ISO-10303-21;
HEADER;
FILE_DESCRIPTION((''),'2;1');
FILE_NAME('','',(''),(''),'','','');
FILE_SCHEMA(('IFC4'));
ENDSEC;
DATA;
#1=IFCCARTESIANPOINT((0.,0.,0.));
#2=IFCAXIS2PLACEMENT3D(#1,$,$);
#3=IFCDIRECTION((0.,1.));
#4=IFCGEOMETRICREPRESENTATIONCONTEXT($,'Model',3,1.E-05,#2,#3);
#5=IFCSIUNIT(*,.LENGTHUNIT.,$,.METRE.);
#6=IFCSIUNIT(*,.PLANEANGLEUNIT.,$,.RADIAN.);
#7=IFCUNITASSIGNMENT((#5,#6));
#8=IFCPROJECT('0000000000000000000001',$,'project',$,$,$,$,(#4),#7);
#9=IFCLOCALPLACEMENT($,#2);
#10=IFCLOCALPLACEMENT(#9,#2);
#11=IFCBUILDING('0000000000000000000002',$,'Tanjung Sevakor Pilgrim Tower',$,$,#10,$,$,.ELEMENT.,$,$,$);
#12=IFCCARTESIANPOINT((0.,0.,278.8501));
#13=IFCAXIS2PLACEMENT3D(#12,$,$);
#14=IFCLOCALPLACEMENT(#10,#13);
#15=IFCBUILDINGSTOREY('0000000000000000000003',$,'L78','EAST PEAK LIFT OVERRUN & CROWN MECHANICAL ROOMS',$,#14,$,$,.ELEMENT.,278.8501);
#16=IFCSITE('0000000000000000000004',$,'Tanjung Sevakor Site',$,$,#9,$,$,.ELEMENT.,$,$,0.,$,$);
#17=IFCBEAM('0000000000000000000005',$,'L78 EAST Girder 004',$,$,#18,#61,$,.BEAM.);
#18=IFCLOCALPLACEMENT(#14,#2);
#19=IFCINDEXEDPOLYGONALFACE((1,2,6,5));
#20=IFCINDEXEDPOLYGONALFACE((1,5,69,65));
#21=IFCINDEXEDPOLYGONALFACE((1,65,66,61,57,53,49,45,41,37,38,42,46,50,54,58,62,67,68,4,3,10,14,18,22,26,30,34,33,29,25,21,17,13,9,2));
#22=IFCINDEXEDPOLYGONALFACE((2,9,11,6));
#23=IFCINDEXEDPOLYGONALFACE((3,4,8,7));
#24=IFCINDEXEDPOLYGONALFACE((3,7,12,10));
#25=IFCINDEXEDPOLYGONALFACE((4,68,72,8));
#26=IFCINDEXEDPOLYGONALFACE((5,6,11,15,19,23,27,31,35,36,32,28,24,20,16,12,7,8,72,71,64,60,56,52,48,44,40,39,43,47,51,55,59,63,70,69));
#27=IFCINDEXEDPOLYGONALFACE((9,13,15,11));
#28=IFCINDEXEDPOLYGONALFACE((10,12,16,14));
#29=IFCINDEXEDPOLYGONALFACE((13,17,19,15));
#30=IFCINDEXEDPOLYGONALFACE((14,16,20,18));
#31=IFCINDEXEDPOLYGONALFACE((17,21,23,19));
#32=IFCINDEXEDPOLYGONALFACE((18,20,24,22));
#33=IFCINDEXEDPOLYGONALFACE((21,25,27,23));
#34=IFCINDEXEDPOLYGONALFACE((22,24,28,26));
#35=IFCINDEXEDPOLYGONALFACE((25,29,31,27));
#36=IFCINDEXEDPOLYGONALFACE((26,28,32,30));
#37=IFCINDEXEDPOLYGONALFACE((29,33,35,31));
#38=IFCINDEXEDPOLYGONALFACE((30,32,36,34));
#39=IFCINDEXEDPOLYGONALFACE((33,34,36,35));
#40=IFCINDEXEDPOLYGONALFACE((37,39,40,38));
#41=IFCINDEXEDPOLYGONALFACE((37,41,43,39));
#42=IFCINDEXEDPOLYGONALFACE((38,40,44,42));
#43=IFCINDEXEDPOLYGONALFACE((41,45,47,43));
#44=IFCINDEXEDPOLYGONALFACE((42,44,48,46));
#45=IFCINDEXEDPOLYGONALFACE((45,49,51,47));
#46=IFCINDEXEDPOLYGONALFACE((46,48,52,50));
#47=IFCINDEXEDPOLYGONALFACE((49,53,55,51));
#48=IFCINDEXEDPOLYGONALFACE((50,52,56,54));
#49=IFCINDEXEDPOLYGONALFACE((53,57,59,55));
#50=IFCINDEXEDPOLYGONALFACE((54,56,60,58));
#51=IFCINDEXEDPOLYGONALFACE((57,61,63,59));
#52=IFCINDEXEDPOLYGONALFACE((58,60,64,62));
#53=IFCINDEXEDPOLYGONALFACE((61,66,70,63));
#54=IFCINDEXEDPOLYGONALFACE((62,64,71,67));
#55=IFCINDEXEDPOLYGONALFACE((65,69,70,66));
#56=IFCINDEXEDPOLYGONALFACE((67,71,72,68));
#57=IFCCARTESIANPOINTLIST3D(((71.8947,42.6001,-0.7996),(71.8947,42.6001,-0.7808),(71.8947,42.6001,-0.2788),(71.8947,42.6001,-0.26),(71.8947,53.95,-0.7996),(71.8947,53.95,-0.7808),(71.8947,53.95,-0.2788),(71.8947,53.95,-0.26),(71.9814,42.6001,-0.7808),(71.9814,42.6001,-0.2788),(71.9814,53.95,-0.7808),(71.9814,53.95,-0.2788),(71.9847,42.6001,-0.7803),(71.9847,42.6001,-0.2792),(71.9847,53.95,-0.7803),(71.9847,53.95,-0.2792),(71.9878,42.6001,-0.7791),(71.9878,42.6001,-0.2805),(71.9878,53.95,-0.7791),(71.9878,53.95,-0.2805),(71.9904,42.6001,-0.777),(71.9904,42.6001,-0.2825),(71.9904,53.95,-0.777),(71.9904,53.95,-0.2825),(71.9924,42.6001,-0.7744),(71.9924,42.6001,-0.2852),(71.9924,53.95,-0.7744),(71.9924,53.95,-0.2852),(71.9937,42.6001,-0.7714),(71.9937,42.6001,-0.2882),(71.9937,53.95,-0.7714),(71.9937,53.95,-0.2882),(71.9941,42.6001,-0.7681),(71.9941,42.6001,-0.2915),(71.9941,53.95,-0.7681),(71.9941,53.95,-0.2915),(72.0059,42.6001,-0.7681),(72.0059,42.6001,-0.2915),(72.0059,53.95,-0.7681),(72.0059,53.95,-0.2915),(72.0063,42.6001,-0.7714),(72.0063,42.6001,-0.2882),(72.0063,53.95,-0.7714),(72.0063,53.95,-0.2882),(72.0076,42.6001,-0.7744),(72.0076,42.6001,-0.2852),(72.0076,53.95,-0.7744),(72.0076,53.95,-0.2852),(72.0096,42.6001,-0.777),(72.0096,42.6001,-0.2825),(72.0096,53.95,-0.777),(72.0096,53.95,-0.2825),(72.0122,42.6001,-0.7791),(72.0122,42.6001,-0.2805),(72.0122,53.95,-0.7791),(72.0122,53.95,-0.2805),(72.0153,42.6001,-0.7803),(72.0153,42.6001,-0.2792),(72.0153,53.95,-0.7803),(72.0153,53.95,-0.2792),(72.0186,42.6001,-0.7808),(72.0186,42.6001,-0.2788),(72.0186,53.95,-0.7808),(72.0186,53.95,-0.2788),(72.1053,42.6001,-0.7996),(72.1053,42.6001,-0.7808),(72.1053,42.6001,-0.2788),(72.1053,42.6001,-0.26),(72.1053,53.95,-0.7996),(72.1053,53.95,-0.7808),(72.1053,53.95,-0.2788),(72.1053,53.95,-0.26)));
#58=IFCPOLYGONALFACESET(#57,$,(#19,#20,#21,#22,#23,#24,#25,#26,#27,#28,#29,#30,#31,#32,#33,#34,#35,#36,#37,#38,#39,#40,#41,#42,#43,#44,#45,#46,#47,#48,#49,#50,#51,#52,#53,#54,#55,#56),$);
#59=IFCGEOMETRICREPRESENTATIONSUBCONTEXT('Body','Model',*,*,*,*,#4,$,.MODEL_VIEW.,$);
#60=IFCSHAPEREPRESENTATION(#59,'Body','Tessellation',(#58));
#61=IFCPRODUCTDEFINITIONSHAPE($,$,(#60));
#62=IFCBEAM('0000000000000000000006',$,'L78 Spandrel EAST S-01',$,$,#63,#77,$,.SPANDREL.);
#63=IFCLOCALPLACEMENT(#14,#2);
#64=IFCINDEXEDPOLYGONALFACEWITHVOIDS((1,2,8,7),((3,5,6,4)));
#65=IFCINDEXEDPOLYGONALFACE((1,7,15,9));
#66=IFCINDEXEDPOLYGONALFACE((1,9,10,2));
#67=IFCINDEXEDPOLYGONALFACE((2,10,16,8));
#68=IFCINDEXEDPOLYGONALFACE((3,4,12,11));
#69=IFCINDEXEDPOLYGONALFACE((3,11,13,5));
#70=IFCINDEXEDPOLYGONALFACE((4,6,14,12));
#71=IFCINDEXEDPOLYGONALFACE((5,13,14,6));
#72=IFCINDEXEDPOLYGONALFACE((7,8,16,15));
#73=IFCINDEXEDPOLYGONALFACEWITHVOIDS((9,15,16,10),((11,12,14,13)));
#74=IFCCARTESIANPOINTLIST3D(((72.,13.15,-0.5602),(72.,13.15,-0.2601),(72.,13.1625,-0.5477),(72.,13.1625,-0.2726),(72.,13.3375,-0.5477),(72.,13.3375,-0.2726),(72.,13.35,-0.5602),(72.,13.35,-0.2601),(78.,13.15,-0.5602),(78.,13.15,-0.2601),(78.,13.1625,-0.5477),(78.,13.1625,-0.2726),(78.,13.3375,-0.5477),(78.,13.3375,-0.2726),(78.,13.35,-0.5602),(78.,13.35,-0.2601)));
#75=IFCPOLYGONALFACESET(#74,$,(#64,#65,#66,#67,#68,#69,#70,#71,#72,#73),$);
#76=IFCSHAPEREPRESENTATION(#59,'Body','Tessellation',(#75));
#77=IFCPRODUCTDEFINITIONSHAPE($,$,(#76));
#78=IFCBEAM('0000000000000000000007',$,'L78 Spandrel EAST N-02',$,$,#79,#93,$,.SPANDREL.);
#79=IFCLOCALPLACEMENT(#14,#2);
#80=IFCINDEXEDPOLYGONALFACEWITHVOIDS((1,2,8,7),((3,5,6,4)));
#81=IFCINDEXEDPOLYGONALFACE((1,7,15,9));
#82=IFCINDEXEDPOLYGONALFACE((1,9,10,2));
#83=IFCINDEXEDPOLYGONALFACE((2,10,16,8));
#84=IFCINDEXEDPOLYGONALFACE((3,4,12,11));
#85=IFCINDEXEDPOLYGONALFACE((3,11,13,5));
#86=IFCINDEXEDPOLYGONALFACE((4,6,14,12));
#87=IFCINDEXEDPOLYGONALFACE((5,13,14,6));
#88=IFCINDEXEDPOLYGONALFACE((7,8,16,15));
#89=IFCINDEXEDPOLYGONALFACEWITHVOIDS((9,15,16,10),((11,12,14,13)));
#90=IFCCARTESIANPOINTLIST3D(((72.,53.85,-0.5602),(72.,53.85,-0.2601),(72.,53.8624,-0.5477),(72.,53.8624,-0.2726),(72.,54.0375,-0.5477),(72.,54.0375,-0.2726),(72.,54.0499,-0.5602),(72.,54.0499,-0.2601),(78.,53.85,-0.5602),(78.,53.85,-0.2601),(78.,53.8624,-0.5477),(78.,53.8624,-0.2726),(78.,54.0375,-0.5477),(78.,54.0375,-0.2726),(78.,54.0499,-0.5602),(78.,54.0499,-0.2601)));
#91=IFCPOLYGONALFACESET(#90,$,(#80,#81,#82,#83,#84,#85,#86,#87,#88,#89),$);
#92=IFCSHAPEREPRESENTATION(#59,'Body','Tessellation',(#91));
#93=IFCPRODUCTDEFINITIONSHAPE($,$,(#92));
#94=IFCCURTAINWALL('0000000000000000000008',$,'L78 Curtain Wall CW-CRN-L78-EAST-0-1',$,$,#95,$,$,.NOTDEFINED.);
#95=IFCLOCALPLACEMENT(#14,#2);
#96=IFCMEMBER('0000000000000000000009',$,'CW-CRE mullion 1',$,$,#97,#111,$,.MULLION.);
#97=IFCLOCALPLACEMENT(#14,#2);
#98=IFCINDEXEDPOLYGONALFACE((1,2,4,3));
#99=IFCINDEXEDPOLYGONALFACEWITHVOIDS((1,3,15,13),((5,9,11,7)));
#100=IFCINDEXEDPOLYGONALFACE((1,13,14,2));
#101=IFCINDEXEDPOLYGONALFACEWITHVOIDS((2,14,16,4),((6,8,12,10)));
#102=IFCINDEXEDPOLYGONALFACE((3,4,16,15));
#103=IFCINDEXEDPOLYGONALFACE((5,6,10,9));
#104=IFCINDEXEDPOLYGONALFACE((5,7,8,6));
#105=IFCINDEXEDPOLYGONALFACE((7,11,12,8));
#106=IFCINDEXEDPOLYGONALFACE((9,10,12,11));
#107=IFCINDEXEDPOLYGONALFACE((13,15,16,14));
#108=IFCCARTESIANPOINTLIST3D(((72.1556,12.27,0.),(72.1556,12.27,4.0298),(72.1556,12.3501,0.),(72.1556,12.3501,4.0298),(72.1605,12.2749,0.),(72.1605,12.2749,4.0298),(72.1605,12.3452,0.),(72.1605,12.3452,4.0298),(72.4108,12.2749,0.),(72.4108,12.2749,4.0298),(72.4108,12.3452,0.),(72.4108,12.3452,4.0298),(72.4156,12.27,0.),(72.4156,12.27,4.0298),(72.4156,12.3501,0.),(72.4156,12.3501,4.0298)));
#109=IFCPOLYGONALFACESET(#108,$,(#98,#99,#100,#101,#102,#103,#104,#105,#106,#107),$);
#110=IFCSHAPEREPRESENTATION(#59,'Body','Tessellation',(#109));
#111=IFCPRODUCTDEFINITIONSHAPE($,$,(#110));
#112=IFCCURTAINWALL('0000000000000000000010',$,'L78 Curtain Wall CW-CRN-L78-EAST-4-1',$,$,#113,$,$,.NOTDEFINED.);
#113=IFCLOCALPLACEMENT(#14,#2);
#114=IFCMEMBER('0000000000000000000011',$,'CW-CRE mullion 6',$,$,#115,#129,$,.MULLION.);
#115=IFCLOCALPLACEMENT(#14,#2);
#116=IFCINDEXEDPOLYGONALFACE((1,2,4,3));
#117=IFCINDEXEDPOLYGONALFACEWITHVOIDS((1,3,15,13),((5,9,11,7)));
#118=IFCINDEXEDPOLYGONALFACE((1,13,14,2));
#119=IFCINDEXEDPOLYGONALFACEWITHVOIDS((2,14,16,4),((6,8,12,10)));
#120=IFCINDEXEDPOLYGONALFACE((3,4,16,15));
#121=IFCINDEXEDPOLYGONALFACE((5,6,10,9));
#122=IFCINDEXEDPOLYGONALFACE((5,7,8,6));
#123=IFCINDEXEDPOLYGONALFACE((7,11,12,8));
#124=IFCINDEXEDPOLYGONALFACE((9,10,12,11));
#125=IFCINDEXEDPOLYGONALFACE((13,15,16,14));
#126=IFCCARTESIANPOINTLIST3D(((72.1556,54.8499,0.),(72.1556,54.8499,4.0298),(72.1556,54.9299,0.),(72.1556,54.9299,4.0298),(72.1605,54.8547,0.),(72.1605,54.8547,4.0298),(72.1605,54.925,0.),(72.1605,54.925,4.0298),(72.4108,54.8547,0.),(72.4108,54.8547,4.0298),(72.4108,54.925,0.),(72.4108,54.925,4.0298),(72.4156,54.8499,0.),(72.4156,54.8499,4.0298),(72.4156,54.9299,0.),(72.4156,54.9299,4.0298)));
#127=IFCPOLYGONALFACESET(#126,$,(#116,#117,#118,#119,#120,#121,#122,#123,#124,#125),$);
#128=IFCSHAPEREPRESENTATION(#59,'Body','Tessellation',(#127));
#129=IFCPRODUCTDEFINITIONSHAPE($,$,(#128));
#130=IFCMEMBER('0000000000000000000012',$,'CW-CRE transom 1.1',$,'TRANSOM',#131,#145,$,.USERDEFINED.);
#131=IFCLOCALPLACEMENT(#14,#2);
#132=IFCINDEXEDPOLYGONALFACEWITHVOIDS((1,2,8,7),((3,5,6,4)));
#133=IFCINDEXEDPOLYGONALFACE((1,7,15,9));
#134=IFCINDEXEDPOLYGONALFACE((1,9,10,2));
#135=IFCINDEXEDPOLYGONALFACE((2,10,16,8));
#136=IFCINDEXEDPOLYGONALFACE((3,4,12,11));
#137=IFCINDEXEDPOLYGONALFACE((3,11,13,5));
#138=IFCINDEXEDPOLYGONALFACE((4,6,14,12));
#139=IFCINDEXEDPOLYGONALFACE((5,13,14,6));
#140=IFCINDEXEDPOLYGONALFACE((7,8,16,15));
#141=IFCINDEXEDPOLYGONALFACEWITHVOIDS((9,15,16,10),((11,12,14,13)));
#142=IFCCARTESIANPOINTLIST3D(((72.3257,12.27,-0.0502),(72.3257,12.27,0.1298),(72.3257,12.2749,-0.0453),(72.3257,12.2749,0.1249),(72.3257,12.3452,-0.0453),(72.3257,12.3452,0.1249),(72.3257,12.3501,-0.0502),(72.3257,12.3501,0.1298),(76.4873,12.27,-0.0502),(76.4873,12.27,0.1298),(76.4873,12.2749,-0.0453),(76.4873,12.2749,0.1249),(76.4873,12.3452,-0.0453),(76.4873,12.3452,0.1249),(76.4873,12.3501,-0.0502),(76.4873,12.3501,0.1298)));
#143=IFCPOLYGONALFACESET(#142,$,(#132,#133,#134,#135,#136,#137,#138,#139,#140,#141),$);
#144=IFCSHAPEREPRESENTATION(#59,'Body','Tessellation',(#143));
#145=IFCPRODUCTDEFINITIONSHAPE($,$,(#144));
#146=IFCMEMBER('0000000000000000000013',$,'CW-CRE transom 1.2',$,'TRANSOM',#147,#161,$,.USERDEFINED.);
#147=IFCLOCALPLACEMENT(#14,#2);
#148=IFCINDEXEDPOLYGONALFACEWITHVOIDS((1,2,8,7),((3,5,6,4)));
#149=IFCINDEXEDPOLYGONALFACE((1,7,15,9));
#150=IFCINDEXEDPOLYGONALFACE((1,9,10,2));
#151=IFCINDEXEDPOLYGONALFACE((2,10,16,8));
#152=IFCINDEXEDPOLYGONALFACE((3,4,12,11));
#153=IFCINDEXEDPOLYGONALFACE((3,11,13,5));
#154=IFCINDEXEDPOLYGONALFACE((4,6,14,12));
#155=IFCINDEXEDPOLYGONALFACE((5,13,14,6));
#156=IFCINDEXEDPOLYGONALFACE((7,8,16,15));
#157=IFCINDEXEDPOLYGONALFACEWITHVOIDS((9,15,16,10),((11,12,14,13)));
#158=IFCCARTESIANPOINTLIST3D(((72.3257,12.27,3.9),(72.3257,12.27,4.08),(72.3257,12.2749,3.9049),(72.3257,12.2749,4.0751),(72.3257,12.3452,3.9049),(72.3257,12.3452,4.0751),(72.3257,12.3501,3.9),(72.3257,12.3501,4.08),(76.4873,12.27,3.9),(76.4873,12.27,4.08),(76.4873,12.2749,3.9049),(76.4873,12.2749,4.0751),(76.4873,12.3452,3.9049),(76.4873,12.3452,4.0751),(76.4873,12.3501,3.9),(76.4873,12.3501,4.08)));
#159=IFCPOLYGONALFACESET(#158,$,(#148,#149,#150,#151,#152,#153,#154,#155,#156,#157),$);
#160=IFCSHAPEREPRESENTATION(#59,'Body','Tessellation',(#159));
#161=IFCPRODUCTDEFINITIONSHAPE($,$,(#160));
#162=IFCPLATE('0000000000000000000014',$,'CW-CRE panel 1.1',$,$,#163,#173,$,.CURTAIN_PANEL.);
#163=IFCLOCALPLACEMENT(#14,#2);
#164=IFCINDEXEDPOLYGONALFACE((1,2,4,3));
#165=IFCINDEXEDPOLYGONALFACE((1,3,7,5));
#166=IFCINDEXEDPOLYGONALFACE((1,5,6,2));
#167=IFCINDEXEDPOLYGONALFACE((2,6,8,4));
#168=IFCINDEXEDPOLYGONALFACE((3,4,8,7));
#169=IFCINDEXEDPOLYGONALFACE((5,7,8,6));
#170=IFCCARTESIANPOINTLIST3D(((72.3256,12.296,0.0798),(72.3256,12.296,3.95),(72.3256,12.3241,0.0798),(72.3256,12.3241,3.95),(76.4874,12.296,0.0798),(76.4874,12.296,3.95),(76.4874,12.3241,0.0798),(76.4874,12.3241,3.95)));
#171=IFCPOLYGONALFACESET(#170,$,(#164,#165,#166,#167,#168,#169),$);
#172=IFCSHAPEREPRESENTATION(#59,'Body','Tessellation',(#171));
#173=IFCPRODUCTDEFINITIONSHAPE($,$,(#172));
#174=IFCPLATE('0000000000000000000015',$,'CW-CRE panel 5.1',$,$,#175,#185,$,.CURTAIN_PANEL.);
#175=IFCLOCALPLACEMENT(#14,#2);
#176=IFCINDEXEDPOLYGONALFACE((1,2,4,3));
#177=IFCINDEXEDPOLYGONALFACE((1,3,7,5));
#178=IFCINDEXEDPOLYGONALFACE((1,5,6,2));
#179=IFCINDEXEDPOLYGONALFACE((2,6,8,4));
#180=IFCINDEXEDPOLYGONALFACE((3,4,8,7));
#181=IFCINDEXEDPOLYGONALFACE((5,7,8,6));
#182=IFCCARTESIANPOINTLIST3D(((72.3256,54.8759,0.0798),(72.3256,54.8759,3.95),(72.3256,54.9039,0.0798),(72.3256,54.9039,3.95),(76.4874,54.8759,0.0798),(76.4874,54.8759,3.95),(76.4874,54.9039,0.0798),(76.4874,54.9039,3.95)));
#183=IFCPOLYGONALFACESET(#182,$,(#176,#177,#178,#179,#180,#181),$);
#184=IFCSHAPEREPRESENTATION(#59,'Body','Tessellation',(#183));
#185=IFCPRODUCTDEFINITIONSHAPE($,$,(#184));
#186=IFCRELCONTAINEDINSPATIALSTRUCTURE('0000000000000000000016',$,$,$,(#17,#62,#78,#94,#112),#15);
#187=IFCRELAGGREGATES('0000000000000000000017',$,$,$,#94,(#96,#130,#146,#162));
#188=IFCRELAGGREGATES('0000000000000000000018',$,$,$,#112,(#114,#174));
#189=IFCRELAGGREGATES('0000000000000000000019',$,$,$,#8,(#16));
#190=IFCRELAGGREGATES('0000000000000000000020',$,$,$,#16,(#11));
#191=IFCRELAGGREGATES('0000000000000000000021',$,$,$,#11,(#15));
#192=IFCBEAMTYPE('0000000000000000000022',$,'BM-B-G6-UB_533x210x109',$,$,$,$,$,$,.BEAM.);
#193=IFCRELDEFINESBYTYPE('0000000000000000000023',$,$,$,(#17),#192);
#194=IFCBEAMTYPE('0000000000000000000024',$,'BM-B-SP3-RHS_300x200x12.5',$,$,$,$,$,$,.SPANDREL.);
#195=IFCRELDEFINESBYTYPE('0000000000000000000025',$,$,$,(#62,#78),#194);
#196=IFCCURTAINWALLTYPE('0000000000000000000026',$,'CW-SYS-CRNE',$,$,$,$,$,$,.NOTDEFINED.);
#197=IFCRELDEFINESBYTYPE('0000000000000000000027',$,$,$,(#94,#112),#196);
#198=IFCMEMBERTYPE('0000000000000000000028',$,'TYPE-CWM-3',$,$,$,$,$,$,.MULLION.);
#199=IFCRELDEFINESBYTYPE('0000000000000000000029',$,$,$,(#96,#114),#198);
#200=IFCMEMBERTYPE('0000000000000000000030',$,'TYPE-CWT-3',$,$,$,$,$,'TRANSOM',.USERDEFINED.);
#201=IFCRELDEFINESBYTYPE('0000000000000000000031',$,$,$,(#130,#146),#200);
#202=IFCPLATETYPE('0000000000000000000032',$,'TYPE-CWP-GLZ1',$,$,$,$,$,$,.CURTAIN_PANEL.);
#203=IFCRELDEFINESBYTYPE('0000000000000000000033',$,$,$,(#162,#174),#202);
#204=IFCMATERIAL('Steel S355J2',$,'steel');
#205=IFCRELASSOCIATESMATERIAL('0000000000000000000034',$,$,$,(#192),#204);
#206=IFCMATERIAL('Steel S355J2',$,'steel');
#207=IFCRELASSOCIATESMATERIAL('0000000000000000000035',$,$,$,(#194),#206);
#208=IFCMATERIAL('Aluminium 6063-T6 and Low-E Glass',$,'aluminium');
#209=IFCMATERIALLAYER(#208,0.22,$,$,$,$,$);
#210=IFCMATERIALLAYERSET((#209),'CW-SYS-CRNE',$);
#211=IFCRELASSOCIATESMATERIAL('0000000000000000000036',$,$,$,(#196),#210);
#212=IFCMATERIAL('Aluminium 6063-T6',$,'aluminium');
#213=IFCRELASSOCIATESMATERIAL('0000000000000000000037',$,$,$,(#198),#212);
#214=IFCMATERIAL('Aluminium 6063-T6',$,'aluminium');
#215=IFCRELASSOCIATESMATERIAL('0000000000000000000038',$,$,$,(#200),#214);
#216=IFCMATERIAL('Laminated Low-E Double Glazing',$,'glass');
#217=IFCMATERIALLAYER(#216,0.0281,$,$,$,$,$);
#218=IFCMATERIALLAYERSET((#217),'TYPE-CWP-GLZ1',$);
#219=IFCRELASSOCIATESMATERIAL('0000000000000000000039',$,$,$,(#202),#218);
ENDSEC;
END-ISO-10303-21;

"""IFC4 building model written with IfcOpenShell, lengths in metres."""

from ifc_helpers import new_model, si_unit, direction, frame, origin, origin_2d, place, context, subcontext, project, spatial, rectangle, hollow_rectangle, i_section, extrude, material, layer, layer_set, material_profile, profile_set, type_object, element, aggregate, save


model = new_model("IFC4")

# Units and contexts
model_context = context("Model", 3, precision=1e-05, world=origin(), true_north=direction((0.0, 1.0)))
body_context = subcontext(model_context, "Body", "Model", "MODEL_VIEW")
ifc_project = project(units=[si_unit("LENGTHUNIT", "METRE"), si_unit("PLANEANGLEUNIT", "RADIAN")], contexts=[model_context])

# Site, building, storey
site_placement = place(None, origin())
site = spatial("IfcSite", under=ifc_project, at=site_placement, Name="Tanjung Sevakor Site", CompositionType="ELEMENT", RefElevation=0.0)
building_placement = place(site_placement, origin())
building = spatial("IfcBuilding", under=site, at=building_placement, Name="Tanjung Sevakor Pilgrim Tower", CompositionType="ELEMENT")
storey_placement = place(building_placement, frame((0.0, 0.0, 278.8501)))
storey = spatial("IfcBuildingStorey", under=building, at=storey_placement, Name="L78", Description="EAST PEAK LIFT OVERRUN & CROWN MECHANICAL ROOMS", CompositionType="ELEMENT", Elevation=278.8501)

# Beams
ifc_material_1 = material(Name="Steel S355J2", Category="steel")
ifc_material_profile_1 = material_profile(ifc_material_1, i_section(OverallWidth=0.2107, OverallDepth=0.5396, WebThickness=0.0117, FlangeThickness=0.0188, FilletRadius=0.0127, at=origin_2d()))
ifc_profile_set_1 = profile_set([ifc_material_profile_1], Name="Steel S355J2")
beam_type_1 = type_object("IfcBeamType", Name="BM-B-G6-UB_533x210x109", PredefinedType="BEAM", material=ifc_profile_set_1)
beam_1_placement = place(storey_placement, frame((72.0, 42.6001, -0.5298), z_axis=(0.0, 1.0, 0.0), x_axis=(-1.0, 0.0, 0.0)))
element("IfcBeam", 1, at=beam_1_placement, inside=storey, type_object=beam_type_1, Name="L78 EAST Girder 004", PredefinedType="BEAM", context=body_context, shape_type="SweptSolid", body=[
    extrude(i_section(OverallWidth=0.2107, OverallDepth=0.5396, WebThickness=0.0117, FlangeThickness=0.0188, FilletRadius=0.0127, at=origin_2d()), origin(), (0.0, 0.0, 1.0), 11.3499),
])
ifc_material_2 = material(Name="Steel S355J2", Category="steel")
ifc_material_profile_2 = material_profile(ifc_material_2, hollow_rectangle(XDim=0.2, YDim=0.3, WallThickness=0.0125, at=origin_2d()))
ifc_profile_set_2 = profile_set([ifc_material_profile_2], Name="Steel S355J2")
beam_type_2 = type_object("IfcBeamType", Name="BM-B-SP3-RHS_300x200x12.5", PredefinedType="SPANDREL", material=ifc_profile_set_2)
for number, where, z_axis, x_axis, name in (
    (2, (72.0, 13.25, -0.4102), (1.0, 0.0, 0.0), (0.0, 1.0, 0.0), "L78 Spandrel EAST S-01"),
    (3, (72.0, 53.95, -0.4102), (1.0, 0.0, 0.0), (0.0, 1.0, 0.0), "L78 Spandrel EAST N-02"),
):
    element("IfcBeam", number, at=place(storey_placement, frame(where, z_axis=z_axis, x_axis=x_axis)), inside=storey, type_object=beam_type_2, Name=name, PredefinedType="SPANDREL", context=body_context, shape_type="SweptSolid", body=[
        extrude(hollow_rectangle(XDim=0.2, YDim=0.3, WallThickness=0.0125, at=origin_2d()), origin(), (0.0, 0.0, 1.0), 6.0),
    ])

# Curtain walls, members
ifc_material_3 = material(Name="Aluminium 6063-T6 and Low-E Glass", Category="aluminium")
ifc_layer_1 = layer(ifc_material_3, 0.22)
ifc_layer_set_1 = layer_set([ifc_layer_1], Name="CW-SYS-CRNE")
curtain_wall_type = type_object("IfcCurtainWallType", Name="CW-SYS-CRNE", PredefinedType="NOTDEFINED", material=ifc_layer_set_1)
curtain_wall_1_placement = place(storey_placement, origin())
curtain_wall_1 = element("IfcCurtainWall", 4, at=curtain_wall_1_placement, inside=storey, type_object=curtain_wall_type, Name="L78 Curtain Wall CW-CRN-L78-EAST-0-1", PredefinedType="NOTDEFINED")
ifc_material_4 = material(Name="Aluminium 6063-T6", Category="aluminium")
ifc_material_profile_3 = material_profile(ifc_material_4, hollow_rectangle(XDim=0.0801, YDim=0.26, WallThickness=0.0049, at=origin_2d()))
ifc_profile_set_3 = profile_set([ifc_material_profile_3], Name="Aluminium 6063-T6")
member_type_1 = type_object("IfcMemberType", Name="TYPE-CWM-3", PredefinedType="MULLION", material=ifc_profile_set_3)
member_1_placement = place(storey_placement, frame((72.2856, 12.3101, 0.0), z_axis=(0.0, 0.0, 1.0), x_axis=(0.0, 1.0, 0.0)))
member_1 = element("IfcMember", 5, at=member_1_placement, type_object=member_type_1, Name="CW-CRE mullion 1", PredefinedType="MULLION", context=body_context, shape_type="SweptSolid", body=[
    extrude(hollow_rectangle(XDim=0.0801, YDim=0.26, WallThickness=0.0049, at=origin_2d()), origin(), (0.0, 0.0, 1.0), 4.0298),
])
curtain_wall_2_placement = place(storey_placement, origin())
curtain_wall_2 = element("IfcCurtainWall", 6, at=curtain_wall_2_placement, inside=storey, type_object=curtain_wall_type, Name="L78 Curtain Wall CW-CRN-L78-EAST-4-1", PredefinedType="NOTDEFINED")
member_2_placement = place(storey_placement, frame((72.2856, 54.8899, 0.0), z_axis=(0.0, 0.0, 1.0), x_axis=(0.0, -1.0, 0.0)))
member_2 = element("IfcMember", 7, at=member_2_placement, type_object=member_type_1, Name="CW-CRE mullion 6", PredefinedType="MULLION", context=body_context, shape_type="SweptSolid", body=[
    extrude(hollow_rectangle(XDim=0.0801, YDim=0.26, WallThickness=0.0049, at=origin_2d()), origin(), (0.0, 0.0, 1.0), 4.0298),
])

# Members
ifc_material_5 = material(Name="Aluminium 6063-T6", Category="aluminium")
ifc_material_profile_4 = material_profile(ifc_material_5, hollow_rectangle(XDim=0.0801, YDim=0.1799, WallThickness=0.0049, at=origin_2d()))
ifc_profile_set_4 = profile_set([ifc_material_profile_4], Name="Aluminium 6063-T6")
member_type_2 = type_object("IfcMemberType", Name="TYPE-CWT-3", ElementType="TRANSOM", PredefinedType="USERDEFINED", material=ifc_profile_set_4)
member_3_placement = place(storey_placement, frame((72.3257, 12.3101, 0.0398), z_axis=(1.0, 0.0, 0.0), x_axis=(0.0, 1.0, 0.0)))
member_3 = element("IfcMember", 8, at=member_3_placement, type_object=member_type_2, Name="CW-CRE transom 1.1", ObjectType="TRANSOM", PredefinedType="USERDEFINED", context=body_context, shape_type="SweptSolid", body=[
    extrude(hollow_rectangle(XDim=0.0801, YDim=0.1799, WallThickness=0.0049, at=origin_2d()), origin(), (0.0, 0.0, 1.0), 4.1616),
])
member_4_placement = place(storey_placement, frame((72.3257, 12.3101, 3.99), z_axis=(1.0, 0.0, 0.0), x_axis=(0.0, 1.0, 0.0)))
member_4 = element("IfcMember", 9, at=member_4_placement, type_object=member_type_2, Name="CW-CRE transom 1.2", ObjectType="TRANSOM", PredefinedType="USERDEFINED", context=body_context, shape_type="SweptSolid", body=[
    extrude(hollow_rectangle(XDim=0.0801, YDim=0.1799, WallThickness=0.0049, at=origin_2d()), origin(), (0.0, 0.0, 1.0), 4.1616),
])

# Plates
ifc_material_6 = material(Name="Laminated Low-E Double Glazing", Category="glass")
ifc_layer_2 = layer(ifc_material_6, 0.0281)
ifc_layer_set_2 = layer_set([ifc_layer_2], Name="TYPE-CWP-GLZ1")
plate_type = type_object("IfcPlateType", Name="TYPE-CWP-GLZ1", PredefinedType="CURTAIN_PANEL", material=ifc_layer_set_2)
plate_1_placement = place(storey_placement, frame((74.4065, 12.3101, 0.0798), z_axis=(0.0, 0.0, 1.0), x_axis=(1.0, 0.0, 0.0)))
plate_1 = element("IfcPlate", 10, at=plate_1_placement, type_object=plate_type, Name="CW-CRE panel 1.1", PredefinedType="CURTAIN_PANEL", context=body_context, shape_type="SweptSolid", body=[
    extrude(rectangle(XDim=4.1619, YDim=0.0281, at=origin_2d()), origin(), (0.0, 0.0, 1.0), 3.8701),
])
aggregate(curtain_wall_1, [member_1, member_3, member_4, plate_1])
plate_2_placement = place(storey_placement, frame((74.4065, 54.8899, 0.0798), z_axis=(0.0, 0.0, 1.0), x_axis=(-1.0, 0.0, 0.0)))
plate_2 = element("IfcPlate", 11, at=plate_2_placement, type_object=plate_type, Name="CW-CRE panel 5.1", PredefinedType="CURTAIN_PANEL", context=body_context, shape_type="SweptSolid", body=[
    extrude(rectangle(XDim=4.1619, YDim=0.0281, at=origin_2d()), origin(), (0.0, 0.0, 1.0), 3.8701),
])
aggregate(curtain_wall_2, [member_2, plate_2])

save(model, "model.ifc")
